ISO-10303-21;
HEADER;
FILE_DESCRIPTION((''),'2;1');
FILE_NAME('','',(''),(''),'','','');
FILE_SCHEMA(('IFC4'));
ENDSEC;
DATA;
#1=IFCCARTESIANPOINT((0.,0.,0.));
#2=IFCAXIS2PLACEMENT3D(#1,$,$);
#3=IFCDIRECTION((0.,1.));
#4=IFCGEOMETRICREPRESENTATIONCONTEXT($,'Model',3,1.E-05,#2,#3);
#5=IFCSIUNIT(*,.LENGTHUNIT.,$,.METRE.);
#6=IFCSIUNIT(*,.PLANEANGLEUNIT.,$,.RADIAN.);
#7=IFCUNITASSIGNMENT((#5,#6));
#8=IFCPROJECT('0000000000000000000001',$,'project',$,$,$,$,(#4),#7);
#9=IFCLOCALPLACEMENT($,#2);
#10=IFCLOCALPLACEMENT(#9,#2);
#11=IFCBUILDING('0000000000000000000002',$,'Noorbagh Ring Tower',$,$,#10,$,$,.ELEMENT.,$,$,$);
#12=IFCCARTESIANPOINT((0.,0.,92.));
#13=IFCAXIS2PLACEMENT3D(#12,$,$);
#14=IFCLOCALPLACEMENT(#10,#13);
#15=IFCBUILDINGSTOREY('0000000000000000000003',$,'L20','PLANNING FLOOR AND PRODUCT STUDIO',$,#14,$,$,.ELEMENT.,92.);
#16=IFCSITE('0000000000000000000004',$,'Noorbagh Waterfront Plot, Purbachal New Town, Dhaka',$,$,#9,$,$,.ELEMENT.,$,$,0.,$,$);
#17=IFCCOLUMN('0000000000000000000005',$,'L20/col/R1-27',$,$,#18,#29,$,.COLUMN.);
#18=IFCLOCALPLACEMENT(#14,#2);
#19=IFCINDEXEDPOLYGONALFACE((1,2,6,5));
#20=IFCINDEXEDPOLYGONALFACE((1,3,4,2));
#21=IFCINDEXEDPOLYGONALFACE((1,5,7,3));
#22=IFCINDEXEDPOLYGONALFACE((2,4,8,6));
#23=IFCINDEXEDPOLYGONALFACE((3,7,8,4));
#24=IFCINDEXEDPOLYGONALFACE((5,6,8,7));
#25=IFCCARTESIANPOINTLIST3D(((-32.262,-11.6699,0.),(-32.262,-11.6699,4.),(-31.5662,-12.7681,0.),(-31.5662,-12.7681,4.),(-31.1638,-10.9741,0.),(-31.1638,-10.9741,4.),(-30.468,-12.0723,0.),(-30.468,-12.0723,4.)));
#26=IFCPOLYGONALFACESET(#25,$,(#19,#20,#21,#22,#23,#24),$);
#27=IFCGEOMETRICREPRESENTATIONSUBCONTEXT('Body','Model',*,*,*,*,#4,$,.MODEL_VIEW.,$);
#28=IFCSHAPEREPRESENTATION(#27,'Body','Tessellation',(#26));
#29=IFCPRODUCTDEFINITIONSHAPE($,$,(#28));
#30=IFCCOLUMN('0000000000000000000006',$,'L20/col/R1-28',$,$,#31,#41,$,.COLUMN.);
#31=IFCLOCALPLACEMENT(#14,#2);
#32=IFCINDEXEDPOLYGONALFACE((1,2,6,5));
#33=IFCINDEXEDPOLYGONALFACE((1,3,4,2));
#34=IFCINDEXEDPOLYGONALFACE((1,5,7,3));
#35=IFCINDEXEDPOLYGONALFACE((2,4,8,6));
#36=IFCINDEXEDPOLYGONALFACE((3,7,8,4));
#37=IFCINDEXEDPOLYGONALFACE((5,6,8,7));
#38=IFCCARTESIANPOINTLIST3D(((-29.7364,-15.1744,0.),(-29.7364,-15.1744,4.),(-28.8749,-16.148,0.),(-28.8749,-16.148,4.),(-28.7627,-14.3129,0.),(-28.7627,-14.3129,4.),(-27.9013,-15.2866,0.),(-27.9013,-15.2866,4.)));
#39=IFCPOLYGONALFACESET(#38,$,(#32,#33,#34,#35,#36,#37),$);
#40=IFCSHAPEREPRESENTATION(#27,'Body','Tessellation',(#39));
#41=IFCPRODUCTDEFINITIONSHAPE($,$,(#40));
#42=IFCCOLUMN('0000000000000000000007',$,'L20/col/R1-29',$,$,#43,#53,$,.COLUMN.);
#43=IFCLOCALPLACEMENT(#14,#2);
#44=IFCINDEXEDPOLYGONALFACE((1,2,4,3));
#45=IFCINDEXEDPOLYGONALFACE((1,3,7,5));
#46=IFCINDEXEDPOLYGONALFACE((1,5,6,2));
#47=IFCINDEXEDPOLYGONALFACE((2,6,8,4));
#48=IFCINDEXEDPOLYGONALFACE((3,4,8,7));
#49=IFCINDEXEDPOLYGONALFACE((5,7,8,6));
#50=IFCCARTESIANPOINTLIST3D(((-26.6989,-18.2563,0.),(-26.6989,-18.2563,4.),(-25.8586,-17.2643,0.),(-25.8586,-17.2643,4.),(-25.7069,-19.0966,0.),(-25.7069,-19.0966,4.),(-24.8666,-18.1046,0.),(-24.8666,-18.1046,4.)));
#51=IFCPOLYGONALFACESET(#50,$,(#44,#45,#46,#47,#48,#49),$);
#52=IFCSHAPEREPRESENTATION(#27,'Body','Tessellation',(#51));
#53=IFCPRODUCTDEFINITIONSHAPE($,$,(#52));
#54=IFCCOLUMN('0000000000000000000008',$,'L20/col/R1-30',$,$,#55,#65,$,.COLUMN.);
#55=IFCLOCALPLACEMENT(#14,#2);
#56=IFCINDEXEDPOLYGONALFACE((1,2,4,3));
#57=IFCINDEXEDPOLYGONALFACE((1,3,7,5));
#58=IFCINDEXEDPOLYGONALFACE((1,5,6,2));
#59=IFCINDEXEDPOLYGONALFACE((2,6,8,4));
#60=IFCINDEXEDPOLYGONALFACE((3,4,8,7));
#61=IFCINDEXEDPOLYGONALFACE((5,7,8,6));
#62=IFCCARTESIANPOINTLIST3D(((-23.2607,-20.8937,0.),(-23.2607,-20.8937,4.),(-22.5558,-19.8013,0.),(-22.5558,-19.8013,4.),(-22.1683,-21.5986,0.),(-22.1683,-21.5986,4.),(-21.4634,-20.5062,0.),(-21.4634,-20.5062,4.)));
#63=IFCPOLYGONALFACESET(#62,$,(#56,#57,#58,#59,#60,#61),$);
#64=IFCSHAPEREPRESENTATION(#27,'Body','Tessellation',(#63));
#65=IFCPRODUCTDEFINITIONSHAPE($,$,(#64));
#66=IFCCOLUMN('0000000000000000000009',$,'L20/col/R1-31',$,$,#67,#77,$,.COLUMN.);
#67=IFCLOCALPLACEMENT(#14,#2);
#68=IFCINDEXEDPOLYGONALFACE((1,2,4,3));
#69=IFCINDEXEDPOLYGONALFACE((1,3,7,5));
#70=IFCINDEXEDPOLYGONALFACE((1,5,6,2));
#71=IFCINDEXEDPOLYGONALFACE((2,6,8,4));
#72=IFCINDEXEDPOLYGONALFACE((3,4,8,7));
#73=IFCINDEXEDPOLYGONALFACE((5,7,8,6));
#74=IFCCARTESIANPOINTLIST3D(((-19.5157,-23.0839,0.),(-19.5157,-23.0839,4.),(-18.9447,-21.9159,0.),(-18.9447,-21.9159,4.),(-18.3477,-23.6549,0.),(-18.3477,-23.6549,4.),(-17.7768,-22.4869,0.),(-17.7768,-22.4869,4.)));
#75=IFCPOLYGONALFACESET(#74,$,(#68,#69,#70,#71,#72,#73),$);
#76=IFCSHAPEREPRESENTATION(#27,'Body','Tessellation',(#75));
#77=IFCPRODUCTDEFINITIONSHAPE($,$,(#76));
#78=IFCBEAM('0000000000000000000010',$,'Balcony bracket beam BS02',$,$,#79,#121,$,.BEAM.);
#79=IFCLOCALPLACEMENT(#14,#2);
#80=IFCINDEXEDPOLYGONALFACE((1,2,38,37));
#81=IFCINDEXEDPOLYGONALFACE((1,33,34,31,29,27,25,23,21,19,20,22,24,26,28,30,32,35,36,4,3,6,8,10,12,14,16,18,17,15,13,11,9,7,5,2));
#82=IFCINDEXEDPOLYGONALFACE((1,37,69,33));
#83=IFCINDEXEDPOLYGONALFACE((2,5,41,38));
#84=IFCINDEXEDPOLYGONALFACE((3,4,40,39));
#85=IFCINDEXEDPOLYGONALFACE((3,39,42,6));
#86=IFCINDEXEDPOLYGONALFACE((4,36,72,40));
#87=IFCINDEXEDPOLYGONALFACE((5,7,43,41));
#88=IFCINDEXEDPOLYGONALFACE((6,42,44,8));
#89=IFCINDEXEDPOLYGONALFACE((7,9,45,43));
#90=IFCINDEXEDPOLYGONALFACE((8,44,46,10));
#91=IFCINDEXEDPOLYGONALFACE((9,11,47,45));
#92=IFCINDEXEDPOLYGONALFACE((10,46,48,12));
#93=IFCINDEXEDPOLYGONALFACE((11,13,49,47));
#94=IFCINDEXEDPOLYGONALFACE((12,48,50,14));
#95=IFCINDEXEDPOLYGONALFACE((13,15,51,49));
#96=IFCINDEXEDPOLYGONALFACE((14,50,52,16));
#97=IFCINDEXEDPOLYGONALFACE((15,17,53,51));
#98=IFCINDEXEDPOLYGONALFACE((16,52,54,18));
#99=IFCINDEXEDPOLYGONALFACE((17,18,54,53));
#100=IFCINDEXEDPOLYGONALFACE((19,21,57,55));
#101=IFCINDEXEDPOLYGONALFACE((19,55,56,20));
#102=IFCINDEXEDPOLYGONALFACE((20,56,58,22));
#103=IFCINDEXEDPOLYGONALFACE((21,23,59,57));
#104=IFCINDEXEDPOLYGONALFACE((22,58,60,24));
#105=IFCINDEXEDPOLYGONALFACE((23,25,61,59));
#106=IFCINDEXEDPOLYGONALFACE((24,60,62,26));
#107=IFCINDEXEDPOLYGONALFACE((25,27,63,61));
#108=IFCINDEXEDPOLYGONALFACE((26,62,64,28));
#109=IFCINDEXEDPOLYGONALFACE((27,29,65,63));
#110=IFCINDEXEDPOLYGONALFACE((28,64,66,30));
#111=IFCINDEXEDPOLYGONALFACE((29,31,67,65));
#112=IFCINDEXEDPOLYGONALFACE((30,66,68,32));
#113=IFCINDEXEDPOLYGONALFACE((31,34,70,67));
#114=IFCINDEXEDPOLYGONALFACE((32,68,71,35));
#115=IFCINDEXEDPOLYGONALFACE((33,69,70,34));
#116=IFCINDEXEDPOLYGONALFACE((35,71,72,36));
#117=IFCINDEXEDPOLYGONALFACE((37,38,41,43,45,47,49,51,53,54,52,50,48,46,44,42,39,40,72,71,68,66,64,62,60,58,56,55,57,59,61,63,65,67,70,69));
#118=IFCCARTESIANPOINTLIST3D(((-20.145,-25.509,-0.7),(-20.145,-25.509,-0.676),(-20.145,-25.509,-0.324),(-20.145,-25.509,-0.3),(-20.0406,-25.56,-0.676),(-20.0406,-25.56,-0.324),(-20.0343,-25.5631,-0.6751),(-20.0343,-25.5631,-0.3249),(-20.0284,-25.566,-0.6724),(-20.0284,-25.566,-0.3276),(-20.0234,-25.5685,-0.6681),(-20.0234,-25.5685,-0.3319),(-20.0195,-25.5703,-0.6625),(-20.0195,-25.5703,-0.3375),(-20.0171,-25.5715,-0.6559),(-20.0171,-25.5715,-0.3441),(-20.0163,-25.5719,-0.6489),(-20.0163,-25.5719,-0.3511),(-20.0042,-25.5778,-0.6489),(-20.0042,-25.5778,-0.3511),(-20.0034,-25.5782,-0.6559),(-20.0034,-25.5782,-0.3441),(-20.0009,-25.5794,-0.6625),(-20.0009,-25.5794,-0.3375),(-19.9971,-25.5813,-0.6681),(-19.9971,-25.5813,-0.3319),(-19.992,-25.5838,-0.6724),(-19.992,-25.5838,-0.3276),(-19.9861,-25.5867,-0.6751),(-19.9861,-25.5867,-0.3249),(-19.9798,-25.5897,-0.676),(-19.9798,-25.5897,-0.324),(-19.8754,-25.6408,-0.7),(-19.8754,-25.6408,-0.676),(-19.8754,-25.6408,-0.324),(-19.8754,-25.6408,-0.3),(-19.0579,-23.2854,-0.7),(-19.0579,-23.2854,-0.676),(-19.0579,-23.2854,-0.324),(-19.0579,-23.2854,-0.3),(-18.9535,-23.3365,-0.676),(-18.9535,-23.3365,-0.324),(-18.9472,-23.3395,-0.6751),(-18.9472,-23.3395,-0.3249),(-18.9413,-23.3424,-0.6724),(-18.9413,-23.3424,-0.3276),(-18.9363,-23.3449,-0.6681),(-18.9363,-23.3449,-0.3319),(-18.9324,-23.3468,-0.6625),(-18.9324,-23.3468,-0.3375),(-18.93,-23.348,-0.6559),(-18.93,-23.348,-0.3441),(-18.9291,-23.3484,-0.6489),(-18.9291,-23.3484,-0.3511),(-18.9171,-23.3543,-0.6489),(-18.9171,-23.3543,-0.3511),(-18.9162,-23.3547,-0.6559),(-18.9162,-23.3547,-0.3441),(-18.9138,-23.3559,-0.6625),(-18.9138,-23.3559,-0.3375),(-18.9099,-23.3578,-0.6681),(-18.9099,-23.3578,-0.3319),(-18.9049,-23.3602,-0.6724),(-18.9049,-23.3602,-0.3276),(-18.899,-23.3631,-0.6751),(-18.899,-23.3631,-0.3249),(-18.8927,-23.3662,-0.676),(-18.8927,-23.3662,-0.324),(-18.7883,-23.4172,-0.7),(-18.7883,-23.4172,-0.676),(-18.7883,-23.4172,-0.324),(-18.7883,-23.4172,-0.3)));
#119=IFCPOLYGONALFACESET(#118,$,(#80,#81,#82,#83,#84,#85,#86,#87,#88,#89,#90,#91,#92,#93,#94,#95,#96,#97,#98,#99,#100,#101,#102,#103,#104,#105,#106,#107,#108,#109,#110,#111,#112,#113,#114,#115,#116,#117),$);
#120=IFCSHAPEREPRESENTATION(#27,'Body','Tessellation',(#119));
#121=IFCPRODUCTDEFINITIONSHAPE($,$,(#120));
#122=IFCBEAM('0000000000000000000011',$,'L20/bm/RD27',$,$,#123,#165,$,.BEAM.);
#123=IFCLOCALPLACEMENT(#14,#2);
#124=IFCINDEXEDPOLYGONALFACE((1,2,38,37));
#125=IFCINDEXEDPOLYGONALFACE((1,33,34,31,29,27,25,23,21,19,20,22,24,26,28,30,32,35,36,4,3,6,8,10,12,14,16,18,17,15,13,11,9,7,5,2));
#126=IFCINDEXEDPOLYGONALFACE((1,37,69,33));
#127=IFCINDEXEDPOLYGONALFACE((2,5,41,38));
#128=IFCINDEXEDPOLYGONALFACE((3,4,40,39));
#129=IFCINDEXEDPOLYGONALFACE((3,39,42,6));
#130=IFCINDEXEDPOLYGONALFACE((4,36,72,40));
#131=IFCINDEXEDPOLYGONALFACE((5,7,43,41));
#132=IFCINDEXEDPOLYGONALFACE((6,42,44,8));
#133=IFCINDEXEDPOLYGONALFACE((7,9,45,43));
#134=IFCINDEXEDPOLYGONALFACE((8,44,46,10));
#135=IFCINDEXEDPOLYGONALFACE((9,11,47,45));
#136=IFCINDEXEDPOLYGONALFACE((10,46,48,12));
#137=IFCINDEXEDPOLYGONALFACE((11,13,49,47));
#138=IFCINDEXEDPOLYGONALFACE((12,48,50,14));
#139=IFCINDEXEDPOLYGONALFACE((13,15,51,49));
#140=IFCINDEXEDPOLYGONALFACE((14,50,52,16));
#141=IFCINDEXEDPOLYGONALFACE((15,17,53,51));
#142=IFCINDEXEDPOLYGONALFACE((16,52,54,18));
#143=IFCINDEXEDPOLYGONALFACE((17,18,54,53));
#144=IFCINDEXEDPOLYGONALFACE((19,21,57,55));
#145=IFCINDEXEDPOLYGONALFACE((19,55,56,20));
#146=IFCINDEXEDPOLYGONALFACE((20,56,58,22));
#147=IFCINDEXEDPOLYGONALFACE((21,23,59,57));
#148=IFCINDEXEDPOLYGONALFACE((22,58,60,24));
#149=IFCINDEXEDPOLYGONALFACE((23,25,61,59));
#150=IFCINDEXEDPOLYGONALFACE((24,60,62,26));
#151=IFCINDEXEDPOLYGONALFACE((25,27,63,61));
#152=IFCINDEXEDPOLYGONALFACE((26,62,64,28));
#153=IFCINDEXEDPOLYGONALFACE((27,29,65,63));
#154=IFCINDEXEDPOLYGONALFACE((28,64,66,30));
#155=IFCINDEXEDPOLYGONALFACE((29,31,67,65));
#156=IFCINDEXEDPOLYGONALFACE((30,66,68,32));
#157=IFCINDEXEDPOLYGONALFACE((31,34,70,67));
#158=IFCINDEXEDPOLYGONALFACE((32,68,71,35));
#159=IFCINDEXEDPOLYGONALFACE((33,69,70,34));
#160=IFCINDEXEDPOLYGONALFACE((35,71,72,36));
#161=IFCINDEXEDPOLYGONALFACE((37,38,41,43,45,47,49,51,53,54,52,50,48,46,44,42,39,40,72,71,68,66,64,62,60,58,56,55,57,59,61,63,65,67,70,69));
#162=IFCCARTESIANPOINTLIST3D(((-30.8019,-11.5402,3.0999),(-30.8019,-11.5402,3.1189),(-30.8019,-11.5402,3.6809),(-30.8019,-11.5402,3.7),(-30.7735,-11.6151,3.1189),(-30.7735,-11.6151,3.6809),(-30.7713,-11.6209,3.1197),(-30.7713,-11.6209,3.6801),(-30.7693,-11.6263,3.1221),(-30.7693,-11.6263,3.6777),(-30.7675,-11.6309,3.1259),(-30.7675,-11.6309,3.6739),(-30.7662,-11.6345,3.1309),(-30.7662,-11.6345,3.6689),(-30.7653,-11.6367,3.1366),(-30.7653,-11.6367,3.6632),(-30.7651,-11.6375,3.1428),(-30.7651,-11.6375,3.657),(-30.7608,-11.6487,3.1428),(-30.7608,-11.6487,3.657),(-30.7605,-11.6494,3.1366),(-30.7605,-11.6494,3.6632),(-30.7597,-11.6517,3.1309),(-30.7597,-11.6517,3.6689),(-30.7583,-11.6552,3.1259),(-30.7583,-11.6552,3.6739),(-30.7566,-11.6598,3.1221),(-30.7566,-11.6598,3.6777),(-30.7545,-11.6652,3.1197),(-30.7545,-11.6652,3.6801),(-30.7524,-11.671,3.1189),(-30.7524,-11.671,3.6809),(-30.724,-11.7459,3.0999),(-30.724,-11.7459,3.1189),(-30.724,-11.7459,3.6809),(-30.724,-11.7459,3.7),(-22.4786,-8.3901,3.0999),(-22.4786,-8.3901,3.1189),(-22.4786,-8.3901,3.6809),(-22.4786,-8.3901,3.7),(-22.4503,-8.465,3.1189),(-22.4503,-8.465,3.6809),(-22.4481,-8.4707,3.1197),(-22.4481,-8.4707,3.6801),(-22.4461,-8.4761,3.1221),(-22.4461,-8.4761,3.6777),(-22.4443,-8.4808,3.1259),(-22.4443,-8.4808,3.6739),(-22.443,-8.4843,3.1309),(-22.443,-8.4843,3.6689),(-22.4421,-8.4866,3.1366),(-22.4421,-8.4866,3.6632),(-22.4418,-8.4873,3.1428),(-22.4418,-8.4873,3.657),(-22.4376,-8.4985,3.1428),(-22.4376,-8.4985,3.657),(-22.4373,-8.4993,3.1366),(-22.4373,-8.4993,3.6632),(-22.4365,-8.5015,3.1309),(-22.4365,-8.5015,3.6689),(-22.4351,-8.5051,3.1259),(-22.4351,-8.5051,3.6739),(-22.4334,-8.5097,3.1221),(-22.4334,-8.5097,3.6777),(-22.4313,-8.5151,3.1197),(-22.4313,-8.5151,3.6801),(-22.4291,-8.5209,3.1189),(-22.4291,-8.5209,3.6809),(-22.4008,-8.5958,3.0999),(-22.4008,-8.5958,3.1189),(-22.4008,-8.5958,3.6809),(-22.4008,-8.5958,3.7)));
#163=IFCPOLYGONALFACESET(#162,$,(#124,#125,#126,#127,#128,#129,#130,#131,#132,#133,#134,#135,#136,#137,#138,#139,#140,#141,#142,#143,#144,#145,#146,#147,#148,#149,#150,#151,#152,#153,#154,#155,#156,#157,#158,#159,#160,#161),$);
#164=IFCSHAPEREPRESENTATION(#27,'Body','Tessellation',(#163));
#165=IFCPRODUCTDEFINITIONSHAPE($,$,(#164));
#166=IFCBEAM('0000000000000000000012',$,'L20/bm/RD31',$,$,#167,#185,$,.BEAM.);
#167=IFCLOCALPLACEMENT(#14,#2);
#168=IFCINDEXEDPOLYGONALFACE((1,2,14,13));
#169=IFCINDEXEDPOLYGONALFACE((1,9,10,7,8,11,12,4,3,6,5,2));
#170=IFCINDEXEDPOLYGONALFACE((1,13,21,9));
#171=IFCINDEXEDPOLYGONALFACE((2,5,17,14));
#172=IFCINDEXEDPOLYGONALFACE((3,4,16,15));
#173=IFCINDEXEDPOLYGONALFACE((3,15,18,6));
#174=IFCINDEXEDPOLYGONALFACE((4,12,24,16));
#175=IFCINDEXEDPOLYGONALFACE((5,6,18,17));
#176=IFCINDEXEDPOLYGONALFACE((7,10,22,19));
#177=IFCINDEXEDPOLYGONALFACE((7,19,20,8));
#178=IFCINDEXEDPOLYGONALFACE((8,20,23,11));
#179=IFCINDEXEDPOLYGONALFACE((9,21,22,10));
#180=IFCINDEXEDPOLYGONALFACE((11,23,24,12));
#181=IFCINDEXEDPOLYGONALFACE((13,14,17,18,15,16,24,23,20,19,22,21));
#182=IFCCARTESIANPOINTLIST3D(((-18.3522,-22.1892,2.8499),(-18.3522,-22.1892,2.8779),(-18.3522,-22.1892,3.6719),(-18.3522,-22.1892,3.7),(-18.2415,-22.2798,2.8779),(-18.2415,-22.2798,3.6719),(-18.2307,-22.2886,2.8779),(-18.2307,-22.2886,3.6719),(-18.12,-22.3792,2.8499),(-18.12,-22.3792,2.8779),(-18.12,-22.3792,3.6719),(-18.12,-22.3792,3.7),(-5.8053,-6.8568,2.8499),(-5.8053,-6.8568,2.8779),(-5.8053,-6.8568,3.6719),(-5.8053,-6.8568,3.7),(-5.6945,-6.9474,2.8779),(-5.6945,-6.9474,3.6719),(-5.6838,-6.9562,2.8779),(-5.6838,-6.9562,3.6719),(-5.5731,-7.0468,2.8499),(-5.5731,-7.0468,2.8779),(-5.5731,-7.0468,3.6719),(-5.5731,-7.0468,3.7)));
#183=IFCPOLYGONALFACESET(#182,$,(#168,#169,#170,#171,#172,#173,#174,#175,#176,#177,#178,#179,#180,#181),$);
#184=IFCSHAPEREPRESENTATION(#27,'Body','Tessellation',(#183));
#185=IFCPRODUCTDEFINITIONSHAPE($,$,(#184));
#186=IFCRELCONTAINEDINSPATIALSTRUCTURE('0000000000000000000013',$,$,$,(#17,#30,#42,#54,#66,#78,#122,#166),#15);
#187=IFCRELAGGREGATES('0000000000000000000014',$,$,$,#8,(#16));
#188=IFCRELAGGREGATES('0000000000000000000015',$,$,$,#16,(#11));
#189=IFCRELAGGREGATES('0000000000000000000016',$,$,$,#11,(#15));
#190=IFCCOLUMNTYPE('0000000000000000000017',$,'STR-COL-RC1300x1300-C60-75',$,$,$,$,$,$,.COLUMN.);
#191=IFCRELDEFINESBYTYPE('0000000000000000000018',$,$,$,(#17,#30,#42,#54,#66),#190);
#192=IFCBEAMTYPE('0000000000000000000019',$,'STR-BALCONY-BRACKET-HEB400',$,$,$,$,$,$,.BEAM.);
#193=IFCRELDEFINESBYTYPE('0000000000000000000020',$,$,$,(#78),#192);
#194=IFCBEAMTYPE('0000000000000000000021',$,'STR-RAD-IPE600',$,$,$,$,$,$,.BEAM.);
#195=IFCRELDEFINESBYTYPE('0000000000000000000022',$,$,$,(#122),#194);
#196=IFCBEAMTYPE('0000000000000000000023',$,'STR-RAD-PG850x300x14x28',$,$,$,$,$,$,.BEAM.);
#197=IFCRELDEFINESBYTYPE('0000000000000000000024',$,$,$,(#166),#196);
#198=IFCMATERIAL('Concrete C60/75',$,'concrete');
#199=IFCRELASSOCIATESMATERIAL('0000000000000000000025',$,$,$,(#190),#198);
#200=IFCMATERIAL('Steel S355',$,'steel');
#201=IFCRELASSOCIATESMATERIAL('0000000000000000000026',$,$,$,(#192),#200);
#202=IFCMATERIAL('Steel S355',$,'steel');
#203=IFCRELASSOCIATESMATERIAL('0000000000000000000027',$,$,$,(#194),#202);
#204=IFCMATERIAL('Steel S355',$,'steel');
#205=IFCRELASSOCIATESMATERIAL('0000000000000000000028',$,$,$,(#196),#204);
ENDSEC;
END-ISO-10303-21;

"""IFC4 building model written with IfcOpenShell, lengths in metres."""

from ifc_helpers import new_model, si_unit, direction, frame, origin, origin_2d, place, context, subcontext, project, spatial, rectangle, i_section, extrude, material, material_profile, profile_set, type_object, element, save


model = new_model("IFC4")

# Units and contexts
model_context = context("Model", 3, precision=1e-05, world=origin(), true_north=direction((0.0, 1.0)))
body_context = subcontext(model_context, "Body", "Model", "MODEL_VIEW")
ifc_project = project(units=[si_unit("LENGTHUNIT", "METRE"), si_unit("PLANEANGLEUNIT", "RADIAN")], contexts=[model_context])

# Site, building, storey
site_placement = place(None, origin())
site = spatial("IfcSite", under=ifc_project, at=site_placement, Name="Noorbagh Waterfront Plot, Purbachal New Town, Dhaka", CompositionType="ELEMENT", RefElevation=0.0)
building_placement = place(site_placement, origin())
building = spatial("IfcBuilding", under=site, at=building_placement, Name="Noorbagh Ring Tower", CompositionType="ELEMENT")
storey_placement = place(building_placement, frame((0.0, 0.0, 92.0)))
storey = spatial("IfcBuildingStorey", under=building, at=storey_placement, Name="L20", Description="PLANNING FLOOR AND PRODUCT STUDIO", CompositionType="ELEMENT", Elevation=92.0)

# Columns
ifc_material_1 = material(Name="Concrete C60/75", Category="concrete")
ifc_material_profile_1 = material_profile(ifc_material_1, rectangle(XDim=1.3, YDim=1.3, at=origin_2d()), Name="RC1300x1300")
ifc_profile_set_1 = profile_set([ifc_material_profile_1], Name="Concrete C60/75")
column_type = type_object("IfcColumnType", Name="STR-COL-RC1300x1300-C60-75", PredefinedType="COLUMN", material=ifc_profile_set_1)
for number, where, z_axis, x_axis, name in (
    (1, (-31.365, -11.8711, 0.0), (0.0, 0.0, 1.0), (0.53519, -0.844731, 0.0), "L20/col/R1-27"),
    (2, (-28.8188, -15.2305, 0.0), (0.0, 0.0, 1.0), (0.662636, -0.748942, 0.0), "L20/col/R1-28"),
    (3, (-25.7827, -18.1804, 0.0), (0.0, 0.0, 1.0), (0.763035, -0.646357, 0.0), "L20/col/R1-29"),
    (4, (-22.3621, -20.7, 0.0), (0.0, 0.0, 1.0), (0.840248, -0.542203, 0.0), "L20/col/R1-30"),
    (5, (-18.6462, -22.7854, 0.0), (0.0, 0.0, 1.0), (0.898399, -0.43918, 0.0), "L20/col/R1-31"),
):
    element("IfcColumn", number, at=place(storey_placement, frame(where, z_axis=z_axis, x_axis=x_axis)), inside=storey, type_object=column_type, Name=name, PredefinedType="COLUMN", context=body_context, shape_type="SweptSolid", body=[
        extrude(rectangle(XDim=1.3, YDim=1.3, at=origin_2d()), origin(), (0.0, 0.0, 1.0), 4.0),
    ])

# Beams
ifc_material_2 = material(Name="Steel S355", Category="steel")
ifc_material_profile_2 = material_profile(ifc_material_2, i_section(OverallWidth=0.3, OverallDepth=0.3999, WebThickness=0.0134, FlangeThickness=0.0239, FilletRadius=0.0271, at=origin_2d()), Name="HEB400")
ifc_profile_set_2 = profile_set([ifc_material_profile_2], Name="Steel S355")
beam_type_1 = type_object("IfcBeamType", Name="STR-BALCONY-BRACKET-HEB400", PredefinedType="BEAM", material=ifc_profile_set_2)
beam_1_placement = place(storey_placement, frame((-18.9231, -23.3513, -0.5), z_axis=(-0.439226, -0.898377, 0.0), x_axis=(0.898377, -0.439226, 0.0)))
element("IfcBeam", 6, at=beam_1_placement, inside=storey, type_object=beam_type_1, Name="Balcony bracket beam BS02", PredefinedType="BEAM", context=body_context, shape_type="SweptSolid", body=[
    extrude(i_section(OverallWidth=0.3, OverallDepth=0.3999, WebThickness=0.0134, FlangeThickness=0.0239, FilletRadius=0.0271, at=origin_2d()), origin(), (0.0, 0.0, 1.0), 2.4751),
])
ifc_material_3 = material(Name="Steel S355", Category="steel")
ifc_material_profile_3 = material_profile(ifc_material_3, i_section(OverallWidth=0.22, OverallDepth=0.6001, WebThickness=0.012, FlangeThickness=0.019, FilletRadius=0.0239, at=origin_2d()), Name="IPE600")
ifc_profile_set_3 = profile_set([ifc_material_profile_3], Name="Steel S355")
beam_type_2 = type_object("IfcBeamType", Name="STR-RAD-IPE600", PredefinedType="BEAM", material=ifc_profile_set_3)
beam_2_placement = place(storey_placement, frame((-30.7629, -11.6431, 3.3999), z_axis=(0.935256, 0.353972, 0.0), x_axis=(-0.353972, 0.935256, 0.0)))
element("IfcBeam", 7, at=beam_2_placement, inside=storey, type_object=beam_type_2, Name="L20/bm/RD27", PredefinedType="BEAM", context=body_context, shape_type="SweptSolid", body=[
    extrude(i_section(OverallWidth=0.22, OverallDepth=0.6001, WebThickness=0.012, FlangeThickness=0.019, FilletRadius=0.0239, at=origin_2d()), origin(), (0.0, 0.0, 1.0), 8.8994),
])
ifc_material_4 = material(Name="Steel S355", Category="steel")
ifc_material_profile_4 = material_profile(ifc_material_4, i_section(OverallWidth=0.3, OverallDepth=0.8501, WebThickness=0.0139, FlangeThickness=0.0281, at=origin_2d()), Name="PG850x300x14x28")
ifc_profile_set_4 = profile_set([ifc_material_profile_4], Name="Steel S355")
beam_type_3 = type_object("IfcBeamType", Name="STR-RAD-PG850x300x14x28", PredefinedType="BEAM", material=ifc_profile_set_4)
beam_3_placement = place(storey_placement, frame((-18.2361, -22.2842, 3.2749), z_axis=(0.633307, 0.773901, 0.0), x_axis=(-0.773901, 0.633307, 0.0)))
element("IfcBeam", 8, at=beam_3_placement, inside=storey, type_object=beam_type_3, Name="L20/bm/RD31", PredefinedType="BEAM", context=body_context, shape_type="SweptSolid", body=[
    extrude(i_section(OverallWidth=0.3, OverallDepth=0.8501, WebThickness=0.0139, FlangeThickness=0.0281, at=origin_2d()), origin(), (0.0, 0.0, 1.0), 19.8118),
])

save(model, "model.ifc")
